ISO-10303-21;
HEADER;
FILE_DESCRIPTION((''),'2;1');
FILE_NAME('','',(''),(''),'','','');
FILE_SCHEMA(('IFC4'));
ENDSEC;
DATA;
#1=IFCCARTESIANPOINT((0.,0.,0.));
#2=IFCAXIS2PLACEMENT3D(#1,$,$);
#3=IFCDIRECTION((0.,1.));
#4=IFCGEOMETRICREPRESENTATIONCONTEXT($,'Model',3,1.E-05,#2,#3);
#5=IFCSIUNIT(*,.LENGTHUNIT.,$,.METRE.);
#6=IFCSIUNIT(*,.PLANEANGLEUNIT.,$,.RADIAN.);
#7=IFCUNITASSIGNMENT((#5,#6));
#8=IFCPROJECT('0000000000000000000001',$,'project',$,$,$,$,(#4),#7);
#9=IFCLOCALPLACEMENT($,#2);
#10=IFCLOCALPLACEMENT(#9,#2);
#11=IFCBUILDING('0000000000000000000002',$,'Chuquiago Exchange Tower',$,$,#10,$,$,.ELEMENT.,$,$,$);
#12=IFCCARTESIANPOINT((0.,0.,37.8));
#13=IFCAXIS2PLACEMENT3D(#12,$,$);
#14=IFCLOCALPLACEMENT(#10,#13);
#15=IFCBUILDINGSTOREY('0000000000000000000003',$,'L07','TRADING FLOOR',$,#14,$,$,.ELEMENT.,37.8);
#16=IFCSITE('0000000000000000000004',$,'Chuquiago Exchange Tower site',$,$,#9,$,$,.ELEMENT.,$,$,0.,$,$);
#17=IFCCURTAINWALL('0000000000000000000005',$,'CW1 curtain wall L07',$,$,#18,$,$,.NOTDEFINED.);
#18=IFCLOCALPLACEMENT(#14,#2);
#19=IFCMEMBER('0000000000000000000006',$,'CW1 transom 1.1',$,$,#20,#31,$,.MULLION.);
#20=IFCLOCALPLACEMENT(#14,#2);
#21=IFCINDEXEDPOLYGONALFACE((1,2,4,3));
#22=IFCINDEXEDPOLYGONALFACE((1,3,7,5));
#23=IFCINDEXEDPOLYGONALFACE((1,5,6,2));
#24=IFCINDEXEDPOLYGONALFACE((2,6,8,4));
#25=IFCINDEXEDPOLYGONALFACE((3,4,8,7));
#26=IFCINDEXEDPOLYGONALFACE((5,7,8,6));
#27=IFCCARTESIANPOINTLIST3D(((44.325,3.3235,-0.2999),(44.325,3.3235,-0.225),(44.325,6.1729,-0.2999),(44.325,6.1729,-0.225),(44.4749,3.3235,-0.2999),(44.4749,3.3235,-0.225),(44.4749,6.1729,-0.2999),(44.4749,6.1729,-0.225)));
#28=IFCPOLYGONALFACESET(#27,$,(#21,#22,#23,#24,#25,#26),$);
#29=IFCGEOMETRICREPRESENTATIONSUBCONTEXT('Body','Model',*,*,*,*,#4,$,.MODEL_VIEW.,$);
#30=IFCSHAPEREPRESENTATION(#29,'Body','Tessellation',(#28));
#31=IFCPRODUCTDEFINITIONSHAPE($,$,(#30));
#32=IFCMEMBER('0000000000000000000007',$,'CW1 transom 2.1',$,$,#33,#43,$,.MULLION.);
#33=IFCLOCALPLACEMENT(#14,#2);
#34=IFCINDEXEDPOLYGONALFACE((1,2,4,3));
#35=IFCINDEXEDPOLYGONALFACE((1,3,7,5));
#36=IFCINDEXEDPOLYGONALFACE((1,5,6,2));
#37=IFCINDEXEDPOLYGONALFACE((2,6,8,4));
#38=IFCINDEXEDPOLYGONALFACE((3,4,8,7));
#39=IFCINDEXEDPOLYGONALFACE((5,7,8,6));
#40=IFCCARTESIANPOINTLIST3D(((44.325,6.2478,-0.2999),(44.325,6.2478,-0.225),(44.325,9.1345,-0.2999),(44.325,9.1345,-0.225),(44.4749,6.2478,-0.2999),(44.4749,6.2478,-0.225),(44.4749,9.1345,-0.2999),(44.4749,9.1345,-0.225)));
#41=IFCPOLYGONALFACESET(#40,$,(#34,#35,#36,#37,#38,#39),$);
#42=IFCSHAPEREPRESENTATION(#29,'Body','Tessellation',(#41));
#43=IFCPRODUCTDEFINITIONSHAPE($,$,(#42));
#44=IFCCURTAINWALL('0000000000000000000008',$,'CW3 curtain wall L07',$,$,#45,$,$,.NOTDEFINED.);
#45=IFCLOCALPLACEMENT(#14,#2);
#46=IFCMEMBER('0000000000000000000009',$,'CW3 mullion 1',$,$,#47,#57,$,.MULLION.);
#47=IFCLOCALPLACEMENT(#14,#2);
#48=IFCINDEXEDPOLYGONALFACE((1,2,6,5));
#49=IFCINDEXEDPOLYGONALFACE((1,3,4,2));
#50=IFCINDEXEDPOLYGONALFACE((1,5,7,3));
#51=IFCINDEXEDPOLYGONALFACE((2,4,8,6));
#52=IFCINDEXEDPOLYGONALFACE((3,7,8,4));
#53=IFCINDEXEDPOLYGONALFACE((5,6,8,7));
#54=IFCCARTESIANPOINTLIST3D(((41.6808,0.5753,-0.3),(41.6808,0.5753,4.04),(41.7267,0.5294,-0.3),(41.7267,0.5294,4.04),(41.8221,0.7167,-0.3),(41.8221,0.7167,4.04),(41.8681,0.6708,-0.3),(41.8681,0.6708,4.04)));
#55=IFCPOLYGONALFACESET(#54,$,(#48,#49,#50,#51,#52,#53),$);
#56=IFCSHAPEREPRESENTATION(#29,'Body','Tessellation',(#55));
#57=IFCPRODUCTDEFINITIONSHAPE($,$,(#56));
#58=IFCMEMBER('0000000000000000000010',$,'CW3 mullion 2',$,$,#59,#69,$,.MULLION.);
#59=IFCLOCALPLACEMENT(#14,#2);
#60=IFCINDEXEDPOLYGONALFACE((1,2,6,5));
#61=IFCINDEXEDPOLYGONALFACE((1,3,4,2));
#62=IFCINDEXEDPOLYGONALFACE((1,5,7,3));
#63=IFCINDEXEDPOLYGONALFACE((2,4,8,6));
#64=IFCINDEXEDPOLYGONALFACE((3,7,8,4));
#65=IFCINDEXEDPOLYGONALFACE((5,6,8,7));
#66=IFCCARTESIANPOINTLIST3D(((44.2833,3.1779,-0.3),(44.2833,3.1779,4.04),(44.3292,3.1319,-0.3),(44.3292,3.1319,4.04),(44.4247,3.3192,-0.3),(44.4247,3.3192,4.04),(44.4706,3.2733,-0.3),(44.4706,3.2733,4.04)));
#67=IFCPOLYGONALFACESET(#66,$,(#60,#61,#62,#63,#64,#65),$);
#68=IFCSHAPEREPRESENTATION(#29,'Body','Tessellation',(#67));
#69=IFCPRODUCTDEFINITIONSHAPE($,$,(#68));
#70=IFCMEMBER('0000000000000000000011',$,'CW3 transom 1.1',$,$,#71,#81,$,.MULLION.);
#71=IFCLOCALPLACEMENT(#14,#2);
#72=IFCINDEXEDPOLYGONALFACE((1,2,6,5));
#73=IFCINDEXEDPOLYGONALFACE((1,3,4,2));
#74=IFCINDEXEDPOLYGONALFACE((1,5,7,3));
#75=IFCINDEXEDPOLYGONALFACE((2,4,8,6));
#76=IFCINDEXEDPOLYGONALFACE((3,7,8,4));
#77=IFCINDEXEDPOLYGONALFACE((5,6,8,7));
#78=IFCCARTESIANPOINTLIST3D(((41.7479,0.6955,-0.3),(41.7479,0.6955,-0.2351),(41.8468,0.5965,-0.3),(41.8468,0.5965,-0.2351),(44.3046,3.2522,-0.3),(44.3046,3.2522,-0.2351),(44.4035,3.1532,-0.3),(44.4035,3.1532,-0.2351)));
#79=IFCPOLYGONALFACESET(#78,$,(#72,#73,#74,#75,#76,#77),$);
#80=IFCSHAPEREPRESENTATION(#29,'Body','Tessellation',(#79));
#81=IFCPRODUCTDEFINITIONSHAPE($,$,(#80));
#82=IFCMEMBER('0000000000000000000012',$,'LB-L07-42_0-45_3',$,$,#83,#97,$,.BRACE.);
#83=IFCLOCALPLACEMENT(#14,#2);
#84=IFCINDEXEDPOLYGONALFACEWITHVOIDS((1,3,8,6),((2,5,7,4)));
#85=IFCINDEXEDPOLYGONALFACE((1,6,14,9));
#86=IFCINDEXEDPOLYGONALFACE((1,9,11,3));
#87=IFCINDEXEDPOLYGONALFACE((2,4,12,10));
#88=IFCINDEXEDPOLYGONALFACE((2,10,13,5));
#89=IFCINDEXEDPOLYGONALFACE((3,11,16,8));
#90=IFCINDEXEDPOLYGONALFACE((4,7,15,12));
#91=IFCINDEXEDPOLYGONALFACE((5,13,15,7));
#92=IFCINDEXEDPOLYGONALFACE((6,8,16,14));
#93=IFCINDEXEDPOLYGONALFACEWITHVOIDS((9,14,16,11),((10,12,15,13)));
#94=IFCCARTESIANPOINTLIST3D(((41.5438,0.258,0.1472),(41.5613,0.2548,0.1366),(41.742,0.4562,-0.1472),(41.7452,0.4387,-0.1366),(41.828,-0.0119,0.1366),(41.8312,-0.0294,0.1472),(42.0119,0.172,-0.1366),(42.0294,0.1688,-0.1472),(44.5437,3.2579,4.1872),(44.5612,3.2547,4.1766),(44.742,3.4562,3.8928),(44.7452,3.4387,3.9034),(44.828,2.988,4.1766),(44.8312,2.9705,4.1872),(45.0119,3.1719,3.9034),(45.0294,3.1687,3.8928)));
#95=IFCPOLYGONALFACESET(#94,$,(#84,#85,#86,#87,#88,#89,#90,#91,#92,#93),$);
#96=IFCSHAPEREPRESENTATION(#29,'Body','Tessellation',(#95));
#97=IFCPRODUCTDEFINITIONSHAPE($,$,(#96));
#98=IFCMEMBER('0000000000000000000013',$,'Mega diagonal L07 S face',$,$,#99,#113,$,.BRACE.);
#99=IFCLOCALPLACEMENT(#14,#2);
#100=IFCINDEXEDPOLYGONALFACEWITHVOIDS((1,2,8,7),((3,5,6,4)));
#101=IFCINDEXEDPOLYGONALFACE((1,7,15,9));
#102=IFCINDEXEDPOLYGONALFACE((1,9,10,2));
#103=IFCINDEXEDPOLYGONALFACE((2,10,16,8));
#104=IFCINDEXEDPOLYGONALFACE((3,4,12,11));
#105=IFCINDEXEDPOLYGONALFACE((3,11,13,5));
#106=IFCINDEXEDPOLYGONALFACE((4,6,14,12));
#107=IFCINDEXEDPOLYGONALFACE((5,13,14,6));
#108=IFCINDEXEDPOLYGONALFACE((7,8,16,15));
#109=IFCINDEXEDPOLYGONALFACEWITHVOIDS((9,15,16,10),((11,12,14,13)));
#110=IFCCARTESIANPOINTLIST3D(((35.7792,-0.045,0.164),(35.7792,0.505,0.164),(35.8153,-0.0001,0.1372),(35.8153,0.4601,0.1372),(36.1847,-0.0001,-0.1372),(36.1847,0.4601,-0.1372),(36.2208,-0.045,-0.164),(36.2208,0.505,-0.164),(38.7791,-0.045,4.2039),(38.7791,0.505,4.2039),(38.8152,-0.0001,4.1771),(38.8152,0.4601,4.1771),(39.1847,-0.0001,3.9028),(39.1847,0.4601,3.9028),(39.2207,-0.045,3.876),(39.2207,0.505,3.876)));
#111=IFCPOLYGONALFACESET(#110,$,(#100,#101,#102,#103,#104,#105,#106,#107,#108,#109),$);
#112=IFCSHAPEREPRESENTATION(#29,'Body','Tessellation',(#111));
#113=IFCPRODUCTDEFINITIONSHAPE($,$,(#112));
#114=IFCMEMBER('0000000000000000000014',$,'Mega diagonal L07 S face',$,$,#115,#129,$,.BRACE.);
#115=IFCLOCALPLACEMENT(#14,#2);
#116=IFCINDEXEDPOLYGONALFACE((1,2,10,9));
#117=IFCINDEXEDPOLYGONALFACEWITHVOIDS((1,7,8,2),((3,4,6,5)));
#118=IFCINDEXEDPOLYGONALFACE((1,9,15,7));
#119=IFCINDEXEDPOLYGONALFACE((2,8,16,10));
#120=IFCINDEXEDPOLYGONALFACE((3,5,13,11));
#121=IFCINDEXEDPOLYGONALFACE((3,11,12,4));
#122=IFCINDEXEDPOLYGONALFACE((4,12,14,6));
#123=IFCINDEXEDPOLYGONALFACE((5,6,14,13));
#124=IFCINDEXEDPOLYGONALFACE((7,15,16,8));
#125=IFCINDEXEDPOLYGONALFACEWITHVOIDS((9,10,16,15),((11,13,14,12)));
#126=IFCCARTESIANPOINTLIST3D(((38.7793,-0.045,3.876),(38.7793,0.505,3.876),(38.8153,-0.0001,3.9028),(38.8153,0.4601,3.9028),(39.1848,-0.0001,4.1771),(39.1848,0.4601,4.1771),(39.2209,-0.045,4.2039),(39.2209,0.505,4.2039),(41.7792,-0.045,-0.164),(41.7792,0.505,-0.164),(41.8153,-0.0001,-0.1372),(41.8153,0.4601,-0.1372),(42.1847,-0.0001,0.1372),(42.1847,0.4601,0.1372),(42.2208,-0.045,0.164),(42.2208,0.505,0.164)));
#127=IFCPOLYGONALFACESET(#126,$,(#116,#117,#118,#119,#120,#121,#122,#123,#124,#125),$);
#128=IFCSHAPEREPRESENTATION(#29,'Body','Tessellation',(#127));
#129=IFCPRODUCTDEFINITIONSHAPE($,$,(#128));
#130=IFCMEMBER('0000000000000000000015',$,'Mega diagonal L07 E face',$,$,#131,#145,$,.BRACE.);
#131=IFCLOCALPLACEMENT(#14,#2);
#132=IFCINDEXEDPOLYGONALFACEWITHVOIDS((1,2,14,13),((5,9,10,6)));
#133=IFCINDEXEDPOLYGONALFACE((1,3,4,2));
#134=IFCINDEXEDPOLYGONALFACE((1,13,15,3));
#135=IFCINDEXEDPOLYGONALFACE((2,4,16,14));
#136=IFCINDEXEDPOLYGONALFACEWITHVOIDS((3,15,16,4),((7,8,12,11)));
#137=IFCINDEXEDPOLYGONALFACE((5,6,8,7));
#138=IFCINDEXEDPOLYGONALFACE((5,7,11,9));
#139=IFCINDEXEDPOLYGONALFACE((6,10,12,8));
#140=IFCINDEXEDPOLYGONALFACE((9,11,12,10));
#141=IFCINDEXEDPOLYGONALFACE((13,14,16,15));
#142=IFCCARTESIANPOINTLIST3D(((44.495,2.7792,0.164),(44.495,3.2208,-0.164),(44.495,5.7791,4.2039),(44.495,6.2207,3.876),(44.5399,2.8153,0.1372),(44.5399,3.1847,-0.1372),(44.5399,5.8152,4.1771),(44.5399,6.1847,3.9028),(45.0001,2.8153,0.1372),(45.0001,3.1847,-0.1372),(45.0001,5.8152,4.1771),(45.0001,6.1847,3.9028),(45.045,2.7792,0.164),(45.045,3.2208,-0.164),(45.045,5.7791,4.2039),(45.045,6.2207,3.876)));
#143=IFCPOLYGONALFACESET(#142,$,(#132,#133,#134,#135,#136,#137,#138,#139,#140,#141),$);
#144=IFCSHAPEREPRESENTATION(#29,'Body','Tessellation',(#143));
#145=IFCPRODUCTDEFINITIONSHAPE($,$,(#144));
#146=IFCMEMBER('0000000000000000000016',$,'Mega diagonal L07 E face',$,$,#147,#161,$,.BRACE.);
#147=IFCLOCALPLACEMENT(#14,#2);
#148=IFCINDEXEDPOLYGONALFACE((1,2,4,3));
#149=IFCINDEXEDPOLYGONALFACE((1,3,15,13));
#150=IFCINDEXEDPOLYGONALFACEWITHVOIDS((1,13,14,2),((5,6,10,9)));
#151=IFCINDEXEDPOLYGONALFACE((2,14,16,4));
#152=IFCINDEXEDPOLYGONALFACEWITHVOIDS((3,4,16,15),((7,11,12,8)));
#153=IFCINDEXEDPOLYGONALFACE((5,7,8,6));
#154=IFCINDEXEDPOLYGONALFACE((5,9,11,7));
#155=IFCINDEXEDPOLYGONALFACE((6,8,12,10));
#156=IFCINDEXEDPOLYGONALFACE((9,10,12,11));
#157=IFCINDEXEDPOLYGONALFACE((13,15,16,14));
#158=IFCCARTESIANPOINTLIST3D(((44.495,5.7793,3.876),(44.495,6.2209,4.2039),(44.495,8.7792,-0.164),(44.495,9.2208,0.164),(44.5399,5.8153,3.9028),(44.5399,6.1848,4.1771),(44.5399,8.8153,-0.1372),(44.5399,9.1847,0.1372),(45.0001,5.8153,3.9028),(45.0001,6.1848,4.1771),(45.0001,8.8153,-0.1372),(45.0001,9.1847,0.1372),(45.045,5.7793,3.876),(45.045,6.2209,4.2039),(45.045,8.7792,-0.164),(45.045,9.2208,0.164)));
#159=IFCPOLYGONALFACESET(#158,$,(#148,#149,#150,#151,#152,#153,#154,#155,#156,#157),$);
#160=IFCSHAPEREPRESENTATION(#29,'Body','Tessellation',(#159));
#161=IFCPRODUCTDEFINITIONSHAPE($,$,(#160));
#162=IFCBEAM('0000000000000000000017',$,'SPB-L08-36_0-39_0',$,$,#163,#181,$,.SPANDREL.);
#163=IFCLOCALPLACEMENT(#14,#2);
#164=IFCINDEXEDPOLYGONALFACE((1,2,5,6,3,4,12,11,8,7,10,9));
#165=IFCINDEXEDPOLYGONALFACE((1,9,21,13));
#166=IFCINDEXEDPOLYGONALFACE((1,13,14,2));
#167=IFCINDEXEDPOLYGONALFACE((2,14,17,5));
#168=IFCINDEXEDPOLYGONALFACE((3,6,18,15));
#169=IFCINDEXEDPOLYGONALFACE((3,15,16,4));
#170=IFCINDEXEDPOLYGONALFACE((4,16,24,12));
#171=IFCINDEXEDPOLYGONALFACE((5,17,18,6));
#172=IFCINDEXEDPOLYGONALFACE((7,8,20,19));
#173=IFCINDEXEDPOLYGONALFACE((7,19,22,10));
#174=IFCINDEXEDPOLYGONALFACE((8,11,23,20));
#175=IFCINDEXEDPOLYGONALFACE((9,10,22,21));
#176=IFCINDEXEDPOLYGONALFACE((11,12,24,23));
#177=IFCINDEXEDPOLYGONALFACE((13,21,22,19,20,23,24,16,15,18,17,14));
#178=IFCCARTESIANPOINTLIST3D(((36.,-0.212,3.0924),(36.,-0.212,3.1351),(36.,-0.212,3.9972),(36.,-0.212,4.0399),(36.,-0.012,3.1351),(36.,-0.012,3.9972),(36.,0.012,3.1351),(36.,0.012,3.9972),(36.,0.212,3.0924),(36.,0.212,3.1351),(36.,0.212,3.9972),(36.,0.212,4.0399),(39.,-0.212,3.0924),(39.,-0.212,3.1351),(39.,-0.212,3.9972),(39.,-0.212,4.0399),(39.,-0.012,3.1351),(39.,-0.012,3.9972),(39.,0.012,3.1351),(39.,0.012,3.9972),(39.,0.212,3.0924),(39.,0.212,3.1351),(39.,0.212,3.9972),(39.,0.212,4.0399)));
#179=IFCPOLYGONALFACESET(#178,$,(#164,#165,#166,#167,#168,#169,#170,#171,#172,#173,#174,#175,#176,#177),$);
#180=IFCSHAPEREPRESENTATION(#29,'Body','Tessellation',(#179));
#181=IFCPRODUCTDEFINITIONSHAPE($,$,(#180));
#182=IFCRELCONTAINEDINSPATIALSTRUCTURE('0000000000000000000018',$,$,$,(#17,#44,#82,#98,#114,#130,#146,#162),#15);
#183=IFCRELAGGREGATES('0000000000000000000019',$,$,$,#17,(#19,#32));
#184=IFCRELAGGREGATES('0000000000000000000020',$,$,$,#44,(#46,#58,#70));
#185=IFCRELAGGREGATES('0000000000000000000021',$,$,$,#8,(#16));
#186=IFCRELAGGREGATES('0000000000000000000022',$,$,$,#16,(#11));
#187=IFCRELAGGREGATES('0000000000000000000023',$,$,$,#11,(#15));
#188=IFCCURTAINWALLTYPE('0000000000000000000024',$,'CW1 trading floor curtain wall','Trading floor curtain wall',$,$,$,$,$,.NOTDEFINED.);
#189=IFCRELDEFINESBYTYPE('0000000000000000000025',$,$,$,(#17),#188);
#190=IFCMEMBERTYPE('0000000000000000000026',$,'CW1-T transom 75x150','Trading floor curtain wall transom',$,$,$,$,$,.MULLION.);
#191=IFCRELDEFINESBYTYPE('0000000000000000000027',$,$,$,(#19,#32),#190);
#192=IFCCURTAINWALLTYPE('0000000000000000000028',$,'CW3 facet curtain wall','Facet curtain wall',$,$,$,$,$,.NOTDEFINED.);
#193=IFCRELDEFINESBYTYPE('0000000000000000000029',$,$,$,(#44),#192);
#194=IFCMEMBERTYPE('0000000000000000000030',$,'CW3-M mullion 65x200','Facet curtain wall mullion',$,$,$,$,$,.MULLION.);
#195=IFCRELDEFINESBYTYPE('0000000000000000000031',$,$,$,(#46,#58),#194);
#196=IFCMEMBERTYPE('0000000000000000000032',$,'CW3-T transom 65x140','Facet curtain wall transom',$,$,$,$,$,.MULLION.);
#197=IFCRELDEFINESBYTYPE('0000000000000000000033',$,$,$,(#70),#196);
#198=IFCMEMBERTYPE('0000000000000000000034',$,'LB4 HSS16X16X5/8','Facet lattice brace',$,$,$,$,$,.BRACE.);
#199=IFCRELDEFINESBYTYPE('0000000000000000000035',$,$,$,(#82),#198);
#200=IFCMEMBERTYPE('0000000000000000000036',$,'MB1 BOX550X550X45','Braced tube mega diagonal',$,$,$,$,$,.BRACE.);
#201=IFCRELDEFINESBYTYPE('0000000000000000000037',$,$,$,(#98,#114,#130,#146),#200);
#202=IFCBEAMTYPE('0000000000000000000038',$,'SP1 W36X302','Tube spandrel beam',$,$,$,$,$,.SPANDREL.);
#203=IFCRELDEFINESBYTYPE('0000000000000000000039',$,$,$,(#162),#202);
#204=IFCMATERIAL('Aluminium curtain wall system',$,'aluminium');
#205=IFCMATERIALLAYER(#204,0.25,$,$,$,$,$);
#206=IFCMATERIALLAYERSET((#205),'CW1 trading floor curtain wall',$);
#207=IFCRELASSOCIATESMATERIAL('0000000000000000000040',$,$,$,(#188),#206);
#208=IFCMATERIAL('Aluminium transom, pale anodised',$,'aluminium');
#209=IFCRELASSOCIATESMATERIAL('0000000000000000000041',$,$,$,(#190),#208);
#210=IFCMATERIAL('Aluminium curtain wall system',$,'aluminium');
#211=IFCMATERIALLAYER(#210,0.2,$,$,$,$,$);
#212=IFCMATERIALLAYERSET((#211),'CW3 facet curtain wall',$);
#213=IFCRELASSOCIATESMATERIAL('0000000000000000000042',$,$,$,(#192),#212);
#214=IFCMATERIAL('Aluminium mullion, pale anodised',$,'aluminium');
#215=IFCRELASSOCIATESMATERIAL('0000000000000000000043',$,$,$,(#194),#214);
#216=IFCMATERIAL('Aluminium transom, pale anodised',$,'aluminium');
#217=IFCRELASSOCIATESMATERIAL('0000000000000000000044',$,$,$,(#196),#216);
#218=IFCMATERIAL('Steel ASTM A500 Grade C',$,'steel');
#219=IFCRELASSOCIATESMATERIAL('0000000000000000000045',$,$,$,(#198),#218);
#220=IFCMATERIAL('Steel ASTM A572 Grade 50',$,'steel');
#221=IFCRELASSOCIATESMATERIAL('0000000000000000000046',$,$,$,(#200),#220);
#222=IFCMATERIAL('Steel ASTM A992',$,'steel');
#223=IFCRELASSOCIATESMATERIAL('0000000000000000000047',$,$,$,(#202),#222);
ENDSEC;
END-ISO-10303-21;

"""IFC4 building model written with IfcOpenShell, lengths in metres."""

from ifc_helpers import new_model, si_unit, direction, frame, origin, origin_2d, place, context, subcontext, project, spatial, rectangle, hollow_rectangle, i_section, extrude, material, layer, layer_set, material_profile, profile_set, type_object, element, aggregate, save


model = new_model("IFC4")

# Units and contexts
model_context = context("Model", 3, precision=1e-05, world=origin(), true_north=direction((0.0, 1.0)))
body_context = subcontext(model_context, "Body", "Model", "MODEL_VIEW")
ifc_project = project(units=[si_unit("LENGTHUNIT", "METRE"), si_unit("PLANEANGLEUNIT", "RADIAN")], contexts=[model_context])

# Site, building, storey
site_placement = place(None, origin())
site = spatial("IfcSite", under=ifc_project, at=site_placement, Name="Chuquiago Exchange Tower site", CompositionType="ELEMENT", RefElevation=0.0)
building_placement = place(site_placement, origin())
building = spatial("IfcBuilding", under=site, at=building_placement, Name="Chuquiago Exchange Tower", CompositionType="ELEMENT")
storey_placement = place(building_placement, frame((0.0, 0.0, 37.8)))
storey = spatial("IfcBuildingStorey", under=building, at=storey_placement, Name="L07", Description="TRADING FLOOR", CompositionType="ELEMENT", Elevation=37.8)

# Curtain wall
ifc_material_1 = material(Name="Aluminium curtain wall system", Category="aluminium")
ifc_layer_1 = layer(ifc_material_1, 0.25)
ifc_layer_set_1 = layer_set([ifc_layer_1], Name="CW1 trading floor curtain wall")
curtain_wall_type_1 = type_object("IfcCurtainWallType", Name="CW1 trading floor curtain wall", Description="Trading floor curtain wall", PredefinedType="NOTDEFINED", material=ifc_layer_set_1)
curtain_wall_1_placement = place(storey_placement, origin())
curtain_wall_1 = element("IfcCurtainWall", 1, at=curtain_wall_1_placement, inside=storey, type_object=curtain_wall_type_1, Name="CW1 curtain wall L07", PredefinedType="NOTDEFINED")

# Members
ifc_material_2 = material(Name="Aluminium transom, pale anodised", Category="aluminium")
ifc_material_profile_1 = material_profile(ifc_material_2, rectangle(XDim=0.1499, YDim=0.075, at=origin_2d()), Name="AL 150x75")
ifc_profile_set_1 = profile_set([ifc_material_profile_1], Name="Aluminium transom, pale anodised")
member_type_1 = type_object("IfcMemberType", Name="CW1-T transom 75x150", Description="Trading floor curtain wall transom", PredefinedType="MULLION", material=ifc_profile_set_1)
member_1_placement = place(storey_placement, frame((44.3999, 3.3235, -0.2625), z_axis=(0.0, 1.0, 0.0), x_axis=(-1.0, 0.0, 0.0)))
member_1 = element("IfcMember", 2, at=member_1_placement, type_object=member_type_1, Name="CW1 transom 1.1", PredefinedType="MULLION", context=body_context, shape_type="SweptSolid", body=[
    extrude(rectangle(XDim=0.1499, YDim=0.075, at=origin_2d()), origin(), (0.0, 0.0, 1.0), 2.8494),
])
member_2_placement = place(storey_placement, frame((44.3999, 6.2478, -0.2625), z_axis=(0.0, 1.0, 0.0), x_axis=(-1.0, 0.0, 0.0)))
member_2 = element("IfcMember", 3, at=member_2_placement, type_object=member_type_1, Name="CW1 transom 2.1", PredefinedType="MULLION", context=body_context, shape_type="SweptSolid", body=[
    extrude(rectangle(XDim=0.1499, YDim=0.075, at=origin_2d()), origin(), (0.0, 0.0, 1.0), 2.8867),
])

# Curtain wall, members
ifc_material_3 = material(Name="Aluminium curtain wall system", Category="aluminium")
ifc_layer_2 = layer(ifc_material_3, 0.2)
ifc_layer_set_2 = layer_set([ifc_layer_2], Name="CW3 facet curtain wall")
curtain_wall_type_2 = type_object("IfcCurtainWallType", Name="CW3 facet curtain wall", Description="Facet curtain wall", PredefinedType="NOTDEFINED", material=ifc_layer_set_2)
curtain_wall_2_placement = place(storey_placement, origin())
curtain_wall_2 = element("IfcCurtainWall", 4, at=curtain_wall_2_placement, inside=storey, type_object=curtain_wall_type_2, Name="CW3 curtain wall L07", PredefinedType="NOTDEFINED")
ifc_material_4 = material(Name="Aluminium mullion, pale anodised", Category="aluminium")
ifc_material_profile_2 = material_profile(ifc_material_4, rectangle(XDim=0.0649, YDim=0.2, at=origin_2d()), Name="AL 65x200")
ifc_profile_set_2 = profile_set([ifc_material_profile_2], Name="Aluminium mullion, pale anodised")
member_type_2 = type_object("IfcMemberType", Name="CW3-M mullion 65x200", Description="Facet curtain wall mullion", PredefinedType="MULLION", material=ifc_profile_set_2)
member_3_placement = place(storey_placement, frame((41.7744, 0.623, -0.3), z_axis=(0.0, 0.0, 1.0), x_axis=(-0.707107, 0.707107, 0.0)))
member_3 = element("IfcMember", 5, at=member_3_placement, type_object=member_type_2, Name="CW3 mullion 1", PredefinedType="MULLION", context=body_context, shape_type="SweptSolid", body=[
    extrude(rectangle(XDim=0.0649, YDim=0.2, at=origin_2d()), origin(), (0.0, 0.0, 1.0), 4.3401),
])
member_4_placement = place(storey_placement, frame((44.377, 3.2256, -0.3), z_axis=(0.0, 0.0, 1.0), x_axis=(-0.707107, 0.707107, 0.0)))
member_4 = element("IfcMember", 6, at=member_4_placement, type_object=member_type_2, Name="CW3 mullion 2", PredefinedType="MULLION", context=body_context, shape_type="SweptSolid", body=[
    extrude(rectangle(XDim=0.0649, YDim=0.2, at=origin_2d()), origin(), (0.0, 0.0, 1.0), 4.3401),
])
ifc_material_5 = material(Name="Aluminium transom, pale anodised", Category="aluminium")
ifc_material_profile_3 = material_profile(ifc_material_5, rectangle(XDim=0.1399, YDim=0.0649, at=origin_2d()), Name="AL 140x65")
ifc_profile_set_3 = profile_set([ifc_material_profile_3], Name="Aluminium transom, pale anodised")
member_type_3 = type_object("IfcMemberType", Name="CW3-T transom 65x140", Description="Facet curtain wall transom", PredefinedType="MULLION", material=ifc_profile_set_3)
member_5_placement = place(storey_placement, frame((41.7974, 0.646, -0.2676), z_axis=(0.707107, 0.707107, 0.0), x_axis=(-0.707107, 0.707107, 0.0)))
member_5 = element("IfcMember", 7, at=member_5_placement, type_object=member_type_3, Name="CW3 transom 1.1", PredefinedType="MULLION", context=body_context, shape_type="SweptSolid", body=[
    extrude(rectangle(XDim=0.1399, YDim=0.0649, at=origin_2d()), origin(), (0.0, 0.0, 1.0), 3.6157),
])

# Members
ifc_material_6 = material(Name="Steel ASTM A500 Grade C", Category="steel")
ifc_material_profile_4 = material_profile(ifc_material_6, hollow_rectangle(XDim=0.4065, YDim=0.4065, WallThickness=0.0146, at=origin_2d()), Name="HSS16X16X5/8")
ifc_profile_set_4 = profile_set([ifc_material_profile_4], Name="Steel ASTM A500 Grade C")
member_type_4 = type_object("IfcMemberType", Name="LB4 HSS16X16X5/8", Description="Facet lattice brace", PredefinedType="BRACE", material=ifc_profile_set_4)
member_6_placement = place(storey_placement, frame((41.7866, 0.2134, 0.0), z_axis=(0.512077, 0.512077, 0.689604), x_axis=(-0.707107, 0.707107, 0.0)))
element("IfcMember", 8, at=member_6_placement, inside=storey, type_object=member_type_4, Name="LB-L07-42_0-45_3", PredefinedType="BRACE", context=body_context, shape_type="SweptSolid", body=[
    extrude(hollow_rectangle(XDim=0.4065, YDim=0.4065, WallThickness=0.0146, at=origin_2d()), origin(), (0.0, 0.0, 1.0), 5.8584),
])
ifc_material_7 = material(Name="Steel ASTM A572 Grade 50", Category="steel")
ifc_material_profile_5 = material_profile(ifc_material_7, hollow_rectangle(XDim=0.55, YDim=0.55, WallThickness=0.0449, at=origin_2d()), Name="BOX550X550X45")
ifc_profile_set_5 = profile_set([ifc_material_profile_5], Name="Steel ASTM A572 Grade 50")
member_type_5 = type_object("IfcMemberType", Name="MB1 BOX550X550X45", Description="Braced tube mega diagonal", PredefinedType="BRACE", material=ifc_profile_set_5)
for number, where, z_axis, x_axis, name in (
    (9, (36.0, 0.23, 0.0), (0.596174, 0.0, 0.802855), (0.0, 1.0, 0.0), "Mega diagonal L07 S face"),
    (10, (42.0, 0.23, 0.0), (-0.596174, 0.0, 0.802855), (0.0, -1.0, 0.0), "Mega diagonal L07 S face"),
    (11, (44.77, 3.0, 0.0), (0.0, 0.596174, 0.802855), (-1.0, 0.0, 0.0), "Mega diagonal L07 E face"),
    (12, (44.77, 9.0, 0.0), (0.0, -0.596174, 0.802855), (1.0, 0.0, 0.0), "Mega diagonal L07 E face"),
):
    element("IfcMember", number, at=place(storey_placement, frame(where, z_axis=z_axis, x_axis=x_axis)), inside=storey, type_object=member_type_5, Name=name, PredefinedType="BRACE", context=body_context, shape_type="SweptSolid", body=[
        extrude(hollow_rectangle(XDim=0.55, YDim=0.55, WallThickness=0.0449, at=origin_2d()), origin(), (0.0, 0.0, 1.0), 5.032),
    ])

# Beam
ifc_material_8 = material(Name="Steel ASTM A992", Category="steel")
ifc_material_profile_6 = material_profile(ifc_material_8, i_section(OverallWidth=0.4241, OverallDepth=0.9475, WebThickness=0.0239, FlangeThickness=0.0427, at=origin_2d()), Name="W36X302")
ifc_profile_set_6 = profile_set([ifc_material_profile_6], Name="Steel ASTM A992")
beam_type = type_object("IfcBeamType", Name="SP1 W36X302", Description="Tube spandrel beam", PredefinedType="SPANDREL", material=ifc_profile_set_6)
for number, where, z_axis, x_axis, name in (
    (13, (36.0, 0.0, 3.5662), (1.0, 0.0, 0.0), (0.0, 1.0, 0.0), "SPB-L08-36_0-39_0"),
):
    element("IfcBeam", number, at=place(storey_placement, frame(where, z_axis=z_axis, x_axis=x_axis)), inside=storey, type_object=beam_type, Name=name, PredefinedType="SPANDREL", context=body_context, shape_type="SweptSolid", body=[
        extrude(i_section(OverallWidth=0.4241, OverallDepth=0.9475, WebThickness=0.0239, FlangeThickness=0.0427, at=origin_2d()), origin(), (0.0, 0.0, 1.0), 3.0),
    ])

aggregate(curtain_wall_1, [member_1, member_2])
aggregate(curtain_wall_2, [member_3, member_4, member_5])

save(model, "model.ifc")
